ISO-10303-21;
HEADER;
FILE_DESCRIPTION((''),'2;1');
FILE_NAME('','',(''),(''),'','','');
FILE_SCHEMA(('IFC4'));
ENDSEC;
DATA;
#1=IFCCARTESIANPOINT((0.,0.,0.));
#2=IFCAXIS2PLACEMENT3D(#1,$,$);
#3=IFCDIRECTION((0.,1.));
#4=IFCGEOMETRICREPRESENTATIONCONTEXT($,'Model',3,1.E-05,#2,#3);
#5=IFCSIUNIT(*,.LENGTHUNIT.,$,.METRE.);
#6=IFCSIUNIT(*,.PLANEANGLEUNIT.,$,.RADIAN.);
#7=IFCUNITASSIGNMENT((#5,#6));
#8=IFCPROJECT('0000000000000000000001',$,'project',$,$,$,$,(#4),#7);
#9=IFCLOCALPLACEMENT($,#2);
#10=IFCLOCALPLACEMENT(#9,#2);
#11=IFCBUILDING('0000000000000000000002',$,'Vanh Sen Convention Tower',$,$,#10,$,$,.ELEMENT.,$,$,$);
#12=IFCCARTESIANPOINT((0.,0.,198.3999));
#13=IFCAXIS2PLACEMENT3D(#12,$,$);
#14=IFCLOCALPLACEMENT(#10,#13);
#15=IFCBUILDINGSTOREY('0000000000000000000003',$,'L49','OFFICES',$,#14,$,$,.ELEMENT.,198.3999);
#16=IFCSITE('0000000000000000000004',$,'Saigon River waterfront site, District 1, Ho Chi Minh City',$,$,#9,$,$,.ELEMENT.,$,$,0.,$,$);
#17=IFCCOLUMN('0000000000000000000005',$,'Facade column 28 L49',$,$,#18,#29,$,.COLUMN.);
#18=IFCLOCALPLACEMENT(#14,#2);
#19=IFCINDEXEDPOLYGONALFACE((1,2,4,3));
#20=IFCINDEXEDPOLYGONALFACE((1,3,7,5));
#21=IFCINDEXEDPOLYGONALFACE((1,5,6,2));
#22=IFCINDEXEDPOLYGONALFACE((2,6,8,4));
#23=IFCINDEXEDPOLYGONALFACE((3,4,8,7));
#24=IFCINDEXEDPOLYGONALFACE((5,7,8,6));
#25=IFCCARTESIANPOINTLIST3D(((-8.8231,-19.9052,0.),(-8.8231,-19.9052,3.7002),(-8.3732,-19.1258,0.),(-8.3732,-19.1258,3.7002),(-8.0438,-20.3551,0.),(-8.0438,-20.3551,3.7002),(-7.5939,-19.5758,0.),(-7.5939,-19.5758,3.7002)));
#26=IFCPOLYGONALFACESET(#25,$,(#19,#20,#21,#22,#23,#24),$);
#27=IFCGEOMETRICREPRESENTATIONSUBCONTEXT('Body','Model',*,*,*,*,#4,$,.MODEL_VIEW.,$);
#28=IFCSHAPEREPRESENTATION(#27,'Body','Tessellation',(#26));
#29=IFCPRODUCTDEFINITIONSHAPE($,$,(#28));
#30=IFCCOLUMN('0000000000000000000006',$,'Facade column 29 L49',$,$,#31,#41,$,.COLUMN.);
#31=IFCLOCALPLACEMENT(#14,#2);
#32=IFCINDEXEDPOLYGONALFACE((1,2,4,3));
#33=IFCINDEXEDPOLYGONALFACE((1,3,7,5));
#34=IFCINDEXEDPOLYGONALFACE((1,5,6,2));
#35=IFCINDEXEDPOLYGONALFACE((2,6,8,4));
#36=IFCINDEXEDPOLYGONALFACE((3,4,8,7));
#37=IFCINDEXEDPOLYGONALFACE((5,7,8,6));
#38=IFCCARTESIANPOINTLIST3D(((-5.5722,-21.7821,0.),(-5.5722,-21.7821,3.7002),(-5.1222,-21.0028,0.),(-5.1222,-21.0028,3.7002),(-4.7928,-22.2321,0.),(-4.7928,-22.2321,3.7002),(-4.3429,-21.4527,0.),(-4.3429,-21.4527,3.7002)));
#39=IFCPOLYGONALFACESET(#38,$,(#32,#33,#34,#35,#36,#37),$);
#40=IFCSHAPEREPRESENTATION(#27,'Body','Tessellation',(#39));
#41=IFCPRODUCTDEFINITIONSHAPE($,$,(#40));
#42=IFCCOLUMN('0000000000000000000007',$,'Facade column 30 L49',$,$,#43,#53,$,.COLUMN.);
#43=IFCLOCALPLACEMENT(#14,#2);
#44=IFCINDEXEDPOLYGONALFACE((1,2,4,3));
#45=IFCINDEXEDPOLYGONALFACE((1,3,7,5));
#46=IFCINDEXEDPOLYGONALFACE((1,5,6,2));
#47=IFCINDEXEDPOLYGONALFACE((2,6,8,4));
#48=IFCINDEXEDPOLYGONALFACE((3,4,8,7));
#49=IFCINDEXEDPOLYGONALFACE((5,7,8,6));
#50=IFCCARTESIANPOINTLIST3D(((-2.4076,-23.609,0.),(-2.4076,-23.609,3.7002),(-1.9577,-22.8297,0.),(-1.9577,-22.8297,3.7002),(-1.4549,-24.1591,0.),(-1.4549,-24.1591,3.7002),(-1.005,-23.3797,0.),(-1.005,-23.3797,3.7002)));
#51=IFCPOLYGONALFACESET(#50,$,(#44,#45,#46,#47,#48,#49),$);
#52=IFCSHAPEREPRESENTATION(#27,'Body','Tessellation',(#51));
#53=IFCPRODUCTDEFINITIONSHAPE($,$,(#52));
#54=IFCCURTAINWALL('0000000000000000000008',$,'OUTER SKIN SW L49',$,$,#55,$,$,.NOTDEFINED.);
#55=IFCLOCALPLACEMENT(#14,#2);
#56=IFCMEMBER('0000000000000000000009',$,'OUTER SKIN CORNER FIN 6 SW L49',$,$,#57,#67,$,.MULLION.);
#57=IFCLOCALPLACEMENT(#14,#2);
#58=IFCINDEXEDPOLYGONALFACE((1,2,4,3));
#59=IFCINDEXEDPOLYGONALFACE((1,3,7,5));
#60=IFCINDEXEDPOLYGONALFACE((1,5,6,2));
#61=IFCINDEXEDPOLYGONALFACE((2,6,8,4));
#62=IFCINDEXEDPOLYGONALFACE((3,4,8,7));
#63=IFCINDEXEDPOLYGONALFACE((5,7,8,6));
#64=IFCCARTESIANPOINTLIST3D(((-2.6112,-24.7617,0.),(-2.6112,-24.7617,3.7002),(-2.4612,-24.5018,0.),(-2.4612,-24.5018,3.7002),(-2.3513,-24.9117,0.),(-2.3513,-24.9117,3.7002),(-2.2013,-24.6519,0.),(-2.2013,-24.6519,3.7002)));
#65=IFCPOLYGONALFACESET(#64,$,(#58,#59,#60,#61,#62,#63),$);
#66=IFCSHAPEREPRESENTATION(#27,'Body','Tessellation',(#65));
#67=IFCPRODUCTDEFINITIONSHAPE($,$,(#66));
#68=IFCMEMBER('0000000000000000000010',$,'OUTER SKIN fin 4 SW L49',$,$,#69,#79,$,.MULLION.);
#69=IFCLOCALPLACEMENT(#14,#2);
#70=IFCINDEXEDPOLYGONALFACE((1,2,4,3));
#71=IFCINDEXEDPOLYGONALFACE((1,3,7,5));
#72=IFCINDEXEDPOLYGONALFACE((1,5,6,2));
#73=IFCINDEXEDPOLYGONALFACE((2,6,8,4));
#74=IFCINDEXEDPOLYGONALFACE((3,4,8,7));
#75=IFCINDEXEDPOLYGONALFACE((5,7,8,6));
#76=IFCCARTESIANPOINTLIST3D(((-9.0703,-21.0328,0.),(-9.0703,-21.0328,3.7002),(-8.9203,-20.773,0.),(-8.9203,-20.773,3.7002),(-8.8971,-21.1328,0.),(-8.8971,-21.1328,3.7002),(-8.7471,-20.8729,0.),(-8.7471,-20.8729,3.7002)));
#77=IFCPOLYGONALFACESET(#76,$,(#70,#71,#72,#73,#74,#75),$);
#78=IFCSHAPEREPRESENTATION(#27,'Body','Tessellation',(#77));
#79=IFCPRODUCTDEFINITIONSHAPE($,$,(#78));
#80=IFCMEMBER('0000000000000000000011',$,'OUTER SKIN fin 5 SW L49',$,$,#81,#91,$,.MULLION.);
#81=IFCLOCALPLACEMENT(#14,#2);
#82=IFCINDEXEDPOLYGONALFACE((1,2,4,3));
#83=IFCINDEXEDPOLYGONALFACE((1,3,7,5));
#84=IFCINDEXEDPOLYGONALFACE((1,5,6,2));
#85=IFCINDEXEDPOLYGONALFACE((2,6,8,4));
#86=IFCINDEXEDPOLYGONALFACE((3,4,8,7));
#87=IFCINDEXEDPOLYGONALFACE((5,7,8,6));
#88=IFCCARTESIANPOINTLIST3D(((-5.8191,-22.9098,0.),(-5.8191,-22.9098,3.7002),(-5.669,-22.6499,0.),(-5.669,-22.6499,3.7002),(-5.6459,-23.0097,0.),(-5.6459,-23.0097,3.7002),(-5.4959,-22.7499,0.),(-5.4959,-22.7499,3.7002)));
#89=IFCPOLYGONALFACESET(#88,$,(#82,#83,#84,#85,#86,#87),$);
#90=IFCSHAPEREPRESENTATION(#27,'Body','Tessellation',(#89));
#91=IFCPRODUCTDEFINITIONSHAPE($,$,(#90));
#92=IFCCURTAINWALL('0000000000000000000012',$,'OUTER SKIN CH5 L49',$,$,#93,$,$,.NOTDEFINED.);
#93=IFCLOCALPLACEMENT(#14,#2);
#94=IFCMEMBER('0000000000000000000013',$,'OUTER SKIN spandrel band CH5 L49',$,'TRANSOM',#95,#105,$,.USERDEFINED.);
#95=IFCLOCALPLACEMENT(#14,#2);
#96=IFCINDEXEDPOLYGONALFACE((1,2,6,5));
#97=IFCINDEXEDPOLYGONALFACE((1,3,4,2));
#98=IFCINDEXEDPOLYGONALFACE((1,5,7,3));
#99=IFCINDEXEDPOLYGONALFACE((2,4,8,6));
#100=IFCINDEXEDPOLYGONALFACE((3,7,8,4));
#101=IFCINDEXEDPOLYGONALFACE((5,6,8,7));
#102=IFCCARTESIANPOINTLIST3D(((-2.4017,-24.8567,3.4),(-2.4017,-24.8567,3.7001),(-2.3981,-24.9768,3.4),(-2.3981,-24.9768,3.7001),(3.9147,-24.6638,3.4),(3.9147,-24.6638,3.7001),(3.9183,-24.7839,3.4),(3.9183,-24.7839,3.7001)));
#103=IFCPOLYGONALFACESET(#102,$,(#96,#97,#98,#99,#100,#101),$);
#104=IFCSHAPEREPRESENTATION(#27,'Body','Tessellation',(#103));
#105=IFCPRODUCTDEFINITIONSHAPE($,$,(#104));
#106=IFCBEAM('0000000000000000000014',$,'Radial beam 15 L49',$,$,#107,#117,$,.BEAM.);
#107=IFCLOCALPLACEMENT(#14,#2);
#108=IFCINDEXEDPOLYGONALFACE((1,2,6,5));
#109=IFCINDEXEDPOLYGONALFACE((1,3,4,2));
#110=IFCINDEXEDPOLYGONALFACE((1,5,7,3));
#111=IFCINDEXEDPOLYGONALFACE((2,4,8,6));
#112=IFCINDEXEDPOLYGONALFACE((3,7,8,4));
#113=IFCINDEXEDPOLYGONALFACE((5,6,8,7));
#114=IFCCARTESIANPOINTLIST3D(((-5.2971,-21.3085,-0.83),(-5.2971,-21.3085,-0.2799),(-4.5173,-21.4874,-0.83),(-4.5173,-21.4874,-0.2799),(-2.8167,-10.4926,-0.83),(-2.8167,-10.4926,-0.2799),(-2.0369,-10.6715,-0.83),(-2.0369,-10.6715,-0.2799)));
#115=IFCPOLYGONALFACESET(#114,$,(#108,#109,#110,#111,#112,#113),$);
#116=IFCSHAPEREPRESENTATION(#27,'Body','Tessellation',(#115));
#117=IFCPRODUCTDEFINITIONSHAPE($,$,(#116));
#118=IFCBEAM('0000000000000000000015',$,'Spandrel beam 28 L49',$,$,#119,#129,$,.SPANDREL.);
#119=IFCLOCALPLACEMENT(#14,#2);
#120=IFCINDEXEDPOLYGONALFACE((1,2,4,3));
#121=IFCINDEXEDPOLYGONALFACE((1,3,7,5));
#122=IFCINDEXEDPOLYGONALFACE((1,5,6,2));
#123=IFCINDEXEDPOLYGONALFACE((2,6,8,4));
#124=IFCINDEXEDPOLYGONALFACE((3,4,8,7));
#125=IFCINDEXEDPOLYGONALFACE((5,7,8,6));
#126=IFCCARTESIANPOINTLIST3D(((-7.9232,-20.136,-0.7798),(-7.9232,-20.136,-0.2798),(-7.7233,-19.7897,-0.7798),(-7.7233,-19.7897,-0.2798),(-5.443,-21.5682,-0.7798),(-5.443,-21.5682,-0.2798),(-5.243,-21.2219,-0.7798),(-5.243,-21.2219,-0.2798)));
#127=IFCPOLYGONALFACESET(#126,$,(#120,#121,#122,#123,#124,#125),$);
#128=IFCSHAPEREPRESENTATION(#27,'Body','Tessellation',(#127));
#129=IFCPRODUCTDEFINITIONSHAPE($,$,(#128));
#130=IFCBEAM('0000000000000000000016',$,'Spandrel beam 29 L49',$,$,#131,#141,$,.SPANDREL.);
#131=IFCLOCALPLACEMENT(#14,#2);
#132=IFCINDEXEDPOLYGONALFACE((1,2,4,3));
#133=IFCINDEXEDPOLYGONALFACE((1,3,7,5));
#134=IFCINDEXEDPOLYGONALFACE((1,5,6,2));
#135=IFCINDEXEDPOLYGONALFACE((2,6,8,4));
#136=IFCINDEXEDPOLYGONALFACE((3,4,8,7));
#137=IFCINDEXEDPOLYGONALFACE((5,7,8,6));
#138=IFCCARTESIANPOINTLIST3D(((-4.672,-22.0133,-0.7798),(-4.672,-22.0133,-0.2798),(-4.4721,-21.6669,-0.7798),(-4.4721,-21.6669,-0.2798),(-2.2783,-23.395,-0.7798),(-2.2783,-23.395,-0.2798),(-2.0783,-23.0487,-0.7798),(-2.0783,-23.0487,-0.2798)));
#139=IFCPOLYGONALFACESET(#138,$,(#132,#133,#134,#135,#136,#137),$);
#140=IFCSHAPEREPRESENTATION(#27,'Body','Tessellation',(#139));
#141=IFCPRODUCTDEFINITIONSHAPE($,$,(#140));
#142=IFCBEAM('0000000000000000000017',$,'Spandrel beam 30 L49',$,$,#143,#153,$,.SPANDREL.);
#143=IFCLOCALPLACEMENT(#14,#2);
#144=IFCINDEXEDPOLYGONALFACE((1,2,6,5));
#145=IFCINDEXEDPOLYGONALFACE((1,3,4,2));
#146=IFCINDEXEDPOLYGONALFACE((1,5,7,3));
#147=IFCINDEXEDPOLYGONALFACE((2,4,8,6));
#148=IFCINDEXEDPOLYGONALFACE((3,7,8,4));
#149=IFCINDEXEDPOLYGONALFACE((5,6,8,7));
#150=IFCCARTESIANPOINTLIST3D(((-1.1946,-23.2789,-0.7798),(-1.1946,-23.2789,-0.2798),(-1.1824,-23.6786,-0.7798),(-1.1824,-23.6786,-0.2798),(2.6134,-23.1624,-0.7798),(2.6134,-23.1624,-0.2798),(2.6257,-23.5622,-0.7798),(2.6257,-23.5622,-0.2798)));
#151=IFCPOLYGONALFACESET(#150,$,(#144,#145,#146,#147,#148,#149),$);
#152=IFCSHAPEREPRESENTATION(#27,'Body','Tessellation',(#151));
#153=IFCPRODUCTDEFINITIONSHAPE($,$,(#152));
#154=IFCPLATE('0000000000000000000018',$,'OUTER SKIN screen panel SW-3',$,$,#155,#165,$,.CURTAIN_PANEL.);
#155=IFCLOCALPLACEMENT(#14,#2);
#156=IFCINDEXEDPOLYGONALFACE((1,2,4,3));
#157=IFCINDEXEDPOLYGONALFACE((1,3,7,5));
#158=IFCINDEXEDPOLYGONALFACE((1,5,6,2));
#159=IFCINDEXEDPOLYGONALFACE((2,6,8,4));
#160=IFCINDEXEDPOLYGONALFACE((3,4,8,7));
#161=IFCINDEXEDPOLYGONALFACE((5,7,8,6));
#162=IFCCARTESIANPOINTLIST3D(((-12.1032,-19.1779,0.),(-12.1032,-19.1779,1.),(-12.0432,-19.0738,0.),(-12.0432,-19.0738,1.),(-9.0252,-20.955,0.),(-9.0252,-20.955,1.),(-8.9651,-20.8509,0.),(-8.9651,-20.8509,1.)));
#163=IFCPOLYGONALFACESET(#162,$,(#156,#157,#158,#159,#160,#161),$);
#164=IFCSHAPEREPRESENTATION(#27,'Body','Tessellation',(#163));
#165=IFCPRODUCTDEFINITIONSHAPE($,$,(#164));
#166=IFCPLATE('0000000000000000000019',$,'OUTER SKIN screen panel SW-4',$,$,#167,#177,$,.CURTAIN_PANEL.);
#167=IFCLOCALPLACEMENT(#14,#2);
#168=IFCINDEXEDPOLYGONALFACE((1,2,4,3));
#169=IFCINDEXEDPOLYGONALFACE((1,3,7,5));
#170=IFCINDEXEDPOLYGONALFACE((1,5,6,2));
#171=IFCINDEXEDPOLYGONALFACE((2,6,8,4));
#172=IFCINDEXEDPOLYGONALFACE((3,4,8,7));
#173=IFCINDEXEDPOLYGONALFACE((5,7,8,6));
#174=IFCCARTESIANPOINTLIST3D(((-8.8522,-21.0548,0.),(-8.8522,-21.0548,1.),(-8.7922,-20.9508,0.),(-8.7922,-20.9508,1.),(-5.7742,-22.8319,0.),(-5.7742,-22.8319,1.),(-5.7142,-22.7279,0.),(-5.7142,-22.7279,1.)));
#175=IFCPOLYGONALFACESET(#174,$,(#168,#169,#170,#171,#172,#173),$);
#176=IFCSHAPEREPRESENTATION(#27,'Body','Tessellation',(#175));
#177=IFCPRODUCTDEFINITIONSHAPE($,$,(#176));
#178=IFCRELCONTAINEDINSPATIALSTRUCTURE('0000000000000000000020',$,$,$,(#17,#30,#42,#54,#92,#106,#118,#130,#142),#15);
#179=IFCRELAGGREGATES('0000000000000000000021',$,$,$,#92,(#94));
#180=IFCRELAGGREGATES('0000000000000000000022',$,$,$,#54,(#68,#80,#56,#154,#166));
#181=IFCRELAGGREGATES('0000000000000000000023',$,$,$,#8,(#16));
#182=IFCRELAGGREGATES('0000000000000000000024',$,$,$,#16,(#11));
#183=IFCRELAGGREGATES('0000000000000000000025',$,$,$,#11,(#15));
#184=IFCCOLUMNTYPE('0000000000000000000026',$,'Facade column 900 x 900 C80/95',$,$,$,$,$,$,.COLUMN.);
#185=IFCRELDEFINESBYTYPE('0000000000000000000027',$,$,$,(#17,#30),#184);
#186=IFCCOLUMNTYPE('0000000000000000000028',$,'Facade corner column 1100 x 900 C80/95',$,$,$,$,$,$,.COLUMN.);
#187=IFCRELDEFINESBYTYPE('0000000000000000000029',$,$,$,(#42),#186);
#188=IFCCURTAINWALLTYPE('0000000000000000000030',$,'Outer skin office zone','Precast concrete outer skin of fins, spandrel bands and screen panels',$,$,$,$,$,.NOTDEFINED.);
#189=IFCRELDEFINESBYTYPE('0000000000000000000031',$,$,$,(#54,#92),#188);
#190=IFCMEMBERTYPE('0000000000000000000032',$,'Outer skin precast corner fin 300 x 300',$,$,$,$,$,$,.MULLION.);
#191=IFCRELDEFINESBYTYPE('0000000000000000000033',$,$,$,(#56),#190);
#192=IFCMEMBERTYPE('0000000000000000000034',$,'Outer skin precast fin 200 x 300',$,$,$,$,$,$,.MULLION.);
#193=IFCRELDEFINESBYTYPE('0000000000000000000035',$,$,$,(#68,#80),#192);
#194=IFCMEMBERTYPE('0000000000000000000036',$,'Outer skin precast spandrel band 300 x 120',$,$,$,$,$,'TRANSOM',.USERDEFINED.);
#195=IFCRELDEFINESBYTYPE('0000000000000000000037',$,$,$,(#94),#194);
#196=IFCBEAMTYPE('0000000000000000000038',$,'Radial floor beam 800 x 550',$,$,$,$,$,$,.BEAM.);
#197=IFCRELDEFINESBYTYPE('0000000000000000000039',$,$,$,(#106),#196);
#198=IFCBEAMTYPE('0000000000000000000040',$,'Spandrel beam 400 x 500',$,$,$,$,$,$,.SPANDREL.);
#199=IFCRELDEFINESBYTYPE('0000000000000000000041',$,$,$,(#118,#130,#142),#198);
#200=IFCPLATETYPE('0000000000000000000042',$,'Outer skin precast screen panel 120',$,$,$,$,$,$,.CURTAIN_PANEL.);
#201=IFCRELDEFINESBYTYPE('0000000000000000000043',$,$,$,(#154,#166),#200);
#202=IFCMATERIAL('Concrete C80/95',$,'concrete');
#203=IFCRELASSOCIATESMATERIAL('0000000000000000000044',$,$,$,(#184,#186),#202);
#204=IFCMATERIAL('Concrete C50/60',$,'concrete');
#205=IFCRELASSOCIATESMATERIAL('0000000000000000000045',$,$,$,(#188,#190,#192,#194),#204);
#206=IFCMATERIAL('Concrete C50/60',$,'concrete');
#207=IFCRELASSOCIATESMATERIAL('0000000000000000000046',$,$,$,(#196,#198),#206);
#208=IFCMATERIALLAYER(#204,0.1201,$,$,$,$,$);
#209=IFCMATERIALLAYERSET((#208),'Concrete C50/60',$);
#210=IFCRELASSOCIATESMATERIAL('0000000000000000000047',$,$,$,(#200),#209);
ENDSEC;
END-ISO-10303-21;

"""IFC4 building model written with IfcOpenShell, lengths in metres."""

from ifc_helpers import new_model, si_unit, direction, frame, origin, origin_2d, place, context, subcontext, project, spatial, rectangle, extrude, material, layer, layer_set, material_profile, profile_set, type_object, element, aggregate, save


model = new_model("IFC4")

# Units and contexts
model_context = context("Model", 3, precision=1e-05, world=origin(), true_north=direction((0.0, 1.0)))
body_context = subcontext(model_context, "Body", "Model", "MODEL_VIEW")
ifc_project = project(units=[si_unit("LENGTHUNIT", "METRE"), si_unit("PLANEANGLEUNIT", "RADIAN")], contexts=[model_context])

# Site, building, storey
site_placement = place(None, origin())
site = spatial("IfcSite", under=ifc_project, at=site_placement, Name="Saigon River waterfront site, District 1, Ho Chi Minh City", CompositionType="ELEMENT", RefElevation=0.0)
building_placement = place(site_placement, origin())
building = spatial("IfcBuilding", under=site, at=building_placement, Name="Vanh Sen Convention Tower", CompositionType="ELEMENT")
storey_placement = place(building_placement, frame((0.0, 0.0, 198.3999)))
storey = spatial("IfcBuildingStorey", under=building, at=storey_placement, Name="L49", Description="OFFICES", CompositionType="ELEMENT", Elevation=198.3999)

# Columns
ifc_material_1 = material(Name="Concrete C80/95", Category="concrete")
ifc_material_profile_1 = material_profile(ifc_material_1, rectangle(XDim=0.8999, YDim=0.8999, at=origin_2d()), Name="RC 900X900")
ifc_profile_set_1 = profile_set([ifc_material_profile_1], Name="Concrete C80/95")
column_type_1 = type_object("IfcColumnType", Name="Facade column 900 x 900 C80/95", PredefinedType="COLUMN", material=ifc_profile_set_1)
for number, where, z_axis, x_axis, name in (
    (1, (-8.2085, -19.7405, 0.0), (0.0, 0.0, 1.0), (0.866025, -0.5, 0.0), "Facade column 28 L49"),
    (2, (-4.9575, -21.6174, 0.0), (0.0, 0.0, 1.0), (0.866025, -0.5, 0.0), "Facade column 29 L49"),
):
    element("IfcColumn", number, at=place(storey_placement, frame(where, z_axis=z_axis, x_axis=x_axis)), inside=storey, type_object=column_type_1, Name=name, PredefinedType="COLUMN", context=body_context, shape_type="SweptSolid", body=[
        extrude(rectangle(XDim=0.8999, YDim=0.8999, at=origin_2d()), origin(), (0.0, 0.0, 1.0), 3.7002),
    ])
ifc_material_profile_2 = material_profile(ifc_material_1, rectangle(XDim=1.1001, YDim=0.8999, at=origin_2d()), Name="RC 1100X900")
ifc_profile_set_2 = profile_set([ifc_material_profile_2], Name="Concrete C80/95")
column_type_2 = type_object("IfcColumnType", Name="Facade corner column 1100 x 900 C80/95", PredefinedType="COLUMN", material=ifc_profile_set_2)
column_placement = place(storey_placement, frame((-1.7063, -23.4944, 0.0), z_axis=(0.0, 0.0, 1.0), x_axis=(0.866025, -0.5, 0.0)))
element("IfcColumn", 3, at=column_placement, inside=storey, type_object=column_type_2, Name="Facade column 30 L49", PredefinedType="COLUMN", context=body_context, shape_type="SweptSolid", body=[
    extrude(rectangle(XDim=1.1001, YDim=0.8999, at=origin_2d()), origin(), (0.0, 0.0, 1.0), 3.7002),
])

# Curtain wall, members
ifc_material_2 = material(Name="Concrete C50/60", Category="concrete")
curtain_wall_type = type_object("IfcCurtainWallType", Name="Outer skin office zone", Description="Precast concrete outer skin of fins, spandrel bands and screen panels", PredefinedType="NOTDEFINED", material=ifc_material_2)
curtain_wall_1_placement = place(storey_placement, origin())
curtain_wall_1 = element("IfcCurtainWall", 4, at=curtain_wall_1_placement, inside=storey, type_object=curtain_wall_type, Name="OUTER SKIN SW L49", PredefinedType="NOTDEFINED")
ifc_material_profile_3 = material_profile(ifc_material_2, rectangle(XDim=0.3, YDim=0.3, at=origin_2d()), Name="Outer skin precast corner fin 300 x 300")
ifc_profile_set_3 = profile_set([ifc_material_profile_3], Name="Concrete C50/60")
member_type_1 = type_object("IfcMemberType", Name="Outer skin precast corner fin 300 x 300", PredefinedType="MULLION", material=ifc_profile_set_3)
member_1_placement = place(storey_placement, frame((-2.4062, -24.7068, 0.0), z_axis=(0.0, 0.0, 1.0), x_axis=(0.866025, -0.5, 0.0)))
member_1 = element("IfcMember", 5, at=member_1_placement, type_object=member_type_1, Name="OUTER SKIN CORNER FIN 6 SW L49", PredefinedType="MULLION", context=body_context, shape_type="SweptSolid", body=[
    extrude(rectangle(XDim=0.3, YDim=0.3, at=origin_2d()), origin(), (0.0, 0.0, 1.0), 3.7002),
])
ifc_material_profile_4 = material_profile(ifc_material_2, rectangle(XDim=0.2, YDim=0.3, at=origin_2d()), Name="Outer skin precast fin 200 x 300")
ifc_profile_set_4 = profile_set([ifc_material_profile_4], Name="Concrete C50/60")
member_type_2 = type_object("IfcMemberType", Name="Outer skin precast fin 200 x 300", PredefinedType="MULLION", material=ifc_profile_set_4)
member_2_placement = place(storey_placement, frame((-8.9087, -20.9529, 0.0), z_axis=(0.0, 0.0, 1.0), x_axis=(0.866025, -0.5, 0.0)))
member_2 = element("IfcMember", 6, at=member_2_placement, type_object=member_type_2, Name="OUTER SKIN fin 4 SW L49", PredefinedType="MULLION", context=body_context, shape_type="SweptSolid", body=[
    extrude(rectangle(XDim=0.2, YDim=0.3, at=origin_2d()), origin(), (0.0, 0.0, 1.0), 3.7002),
])
member_3_placement = place(storey_placement, frame((-5.6575, -22.8298, 0.0), z_axis=(0.0, 0.0, 1.0), x_axis=(0.866025, -0.5, 0.0)))
member_3 = element("IfcMember", 7, at=member_3_placement, type_object=member_type_2, Name="OUTER SKIN fin 5 SW L49", PredefinedType="MULLION", context=body_context, shape_type="SweptSolid", body=[
    extrude(rectangle(XDim=0.2, YDim=0.3, at=origin_2d()), origin(), (0.0, 0.0, 1.0), 3.7002),
])

# Curtain wall, member
curtain_wall_2_placement = place(storey_placement, origin())
curtain_wall_2 = element("IfcCurtainWall", 8, at=curtain_wall_2_placement, inside=storey, type_object=curtain_wall_type, Name="OUTER SKIN CH5 L49", PredefinedType="NOTDEFINED")
ifc_material_profile_5 = material_profile(ifc_material_2, rectangle(XDim=0.1201, YDim=0.3, at=origin_2d()), Name="Outer skin precast spandrel band 300 x 120")
ifc_profile_set_5 = profile_set([ifc_material_profile_5], Name="Concrete C50/60")
member_type_3 = type_object("IfcMemberType", Name="Outer skin precast spandrel band 300 x 120", ElementType="TRANSOM", PredefinedType="USERDEFINED", material=ifc_profile_set_5)
member_4_placement = place(storey_placement, frame((-2.3999, -24.9167, 3.55), z_axis=(0.999534, 0.030521, 0.0), x_axis=(-0.030521, 0.999534, 0.0)))
member_4 = element("IfcMember", 9, at=member_4_placement, type_object=member_type_3, Name="OUTER SKIN spandrel band CH5 L49", ObjectType="TRANSOM", PredefinedType="USERDEFINED", context=body_context, shape_type="SweptSolid", body=[
    extrude(rectangle(XDim=0.1201, YDim=0.3, at=origin_2d()), origin(), (0.0, 0.0, 1.0), 6.3193),
])
aggregate(curtain_wall_2, [member_4])

# Beams
ifc_material_3 = material(Name="Concrete C50/60", Category="concrete")
ifc_material_profile_6 = material_profile(ifc_material_3, rectangle(XDim=0.8, YDim=0.55, at=origin_2d()), Name="RC 800X550")
ifc_profile_set_6 = profile_set([ifc_material_profile_6], Name="Concrete C50/60")
beam_type_1 = type_object("IfcBeamType", Name="Radial floor beam 800 x 550", PredefinedType="BEAM", material=ifc_profile_set_6)
beam_1_placement = place(storey_placement, frame((-4.9072, -21.3979, -0.5549), z_axis=(0.223532, 0.974697, 0.0), x_axis=(-0.974697, 0.223532, 0.0)))
element("IfcBeam", 10, at=beam_1_placement, inside=storey, type_object=beam_type_1, Name="Radial beam 15 L49", PredefinedType="BEAM", context=body_context, shape_type="SweptSolid", body=[
    extrude(rectangle(XDim=0.8, YDim=0.55, at=origin_2d()), origin(), (0.0, 0.0, 1.0), 11.0967),
])
ifc_material_profile_7 = material_profile(ifc_material_3, rectangle(XDim=0.3999, YDim=0.5, at=origin_2d()), Name="RC 400X500")
ifc_profile_set_7 = profile_set([ifc_material_profile_7], Name="Concrete C50/60")
beam_type_2 = type_object("IfcBeamType", Name="Spandrel beam 400 x 500", PredefinedType="SPANDREL", material=ifc_profile_set_7)
beam_2_placement = place(storey_placement, frame((-7.8232, -19.9629, -0.5298), z_axis=(0.866, -0.500045, 0.0), x_axis=(0.500045, 0.866, 0.0)))
element("IfcBeam", 11, at=beam_2_placement, inside=storey, type_object=beam_type_2, Name="Spandrel beam 28 L49", PredefinedType="SPANDREL", context=body_context, shape_type="SweptSolid", body=[
    extrude(rectangle(XDim=0.3999, YDim=0.5, at=origin_2d()), origin(), (0.0, 0.0, 1.0), 2.864),
])
beam_3_placement = place(storey_placement, frame((-4.572, -21.8401, -0.5298), z_axis=(0.866061, -0.499939, 0.0), x_axis=(0.499939, 0.866061, 0.0)))
element("IfcBeam", 12, at=beam_3_placement, inside=storey, type_object=beam_type_2, Name="Spandrel beam 29 L49", PredefinedType="SPANDREL", context=body_context, shape_type="SweptSolid", body=[
    extrude(rectangle(XDim=0.3999, YDim=0.5, at=origin_2d()), origin(), (0.0, 0.0, 1.0), 2.7639),
])
beam_4_placement = place(storey_placement, frame((-1.1885, -23.4788, -0.5298), z_axis=(0.999533, 0.030567, 0.0), x_axis=(-0.030567, 0.999533, 0.0)))
element("IfcBeam", 13, at=beam_4_placement, inside=storey, type_object=beam_type_2, Name="Spandrel beam 30 L49", PredefinedType="SPANDREL", context=body_context, shape_type="SweptSolid", body=[
    extrude(rectangle(XDim=0.3999, YDim=0.5, at=origin_2d()), origin(), (0.0, 0.0, 1.0), 3.8098),
])

# Plates
ifc_layer_1 = layer(ifc_material_2, 0.1201)
ifc_layer_set_1 = layer_set([ifc_layer_1], Name="Concrete C50/60")
plate_type = type_object("IfcPlateType", Name="Outer skin precast screen panel 120", PredefinedType="CURTAIN_PANEL", material=ifc_layer_set_1)
plate_1_placement = place(storey_placement, frame((-10.5342, -20.0144, 0.0), z_axis=(0.0, 0.0, 1.0), x_axis=(0.866024, -0.500003, 0.0)))
plate_1 = element("IfcPlate", 14, at=plate_1_placement, type_object=plate_type, Name="OUTER SKIN screen panel SW-3", PredefinedType="CURTAIN_PANEL", context=body_context, shape_type="SweptSolid", body=[
    extrude(rectangle(XDim=3.5542, YDim=0.1201, at=origin_2d()), origin(), (0.0, 0.0, 1.0), 1.0),
])
plate_2_placement = place(storey_placement, frame((-7.2832, -21.8914, 0.0), z_axis=(0.0, 0.0, 1.0), x_axis=(0.866017, -0.500015, 0.0)))
plate_2 = element("IfcPlate", 15, at=plate_2_placement, type_object=plate_type, Name="OUTER SKIN screen panel SW-4", PredefinedType="CURTAIN_PANEL", context=body_context, shape_type="SweptSolid", body=[
    extrude(rectangle(XDim=3.5542, YDim=0.1201, at=origin_2d()), origin(), (0.0, 0.0, 1.0), 1.0),
])
aggregate(curtain_wall_1, [member_2, member_3, member_1, plate_1, plate_2])

save(model, "model.ifc")
